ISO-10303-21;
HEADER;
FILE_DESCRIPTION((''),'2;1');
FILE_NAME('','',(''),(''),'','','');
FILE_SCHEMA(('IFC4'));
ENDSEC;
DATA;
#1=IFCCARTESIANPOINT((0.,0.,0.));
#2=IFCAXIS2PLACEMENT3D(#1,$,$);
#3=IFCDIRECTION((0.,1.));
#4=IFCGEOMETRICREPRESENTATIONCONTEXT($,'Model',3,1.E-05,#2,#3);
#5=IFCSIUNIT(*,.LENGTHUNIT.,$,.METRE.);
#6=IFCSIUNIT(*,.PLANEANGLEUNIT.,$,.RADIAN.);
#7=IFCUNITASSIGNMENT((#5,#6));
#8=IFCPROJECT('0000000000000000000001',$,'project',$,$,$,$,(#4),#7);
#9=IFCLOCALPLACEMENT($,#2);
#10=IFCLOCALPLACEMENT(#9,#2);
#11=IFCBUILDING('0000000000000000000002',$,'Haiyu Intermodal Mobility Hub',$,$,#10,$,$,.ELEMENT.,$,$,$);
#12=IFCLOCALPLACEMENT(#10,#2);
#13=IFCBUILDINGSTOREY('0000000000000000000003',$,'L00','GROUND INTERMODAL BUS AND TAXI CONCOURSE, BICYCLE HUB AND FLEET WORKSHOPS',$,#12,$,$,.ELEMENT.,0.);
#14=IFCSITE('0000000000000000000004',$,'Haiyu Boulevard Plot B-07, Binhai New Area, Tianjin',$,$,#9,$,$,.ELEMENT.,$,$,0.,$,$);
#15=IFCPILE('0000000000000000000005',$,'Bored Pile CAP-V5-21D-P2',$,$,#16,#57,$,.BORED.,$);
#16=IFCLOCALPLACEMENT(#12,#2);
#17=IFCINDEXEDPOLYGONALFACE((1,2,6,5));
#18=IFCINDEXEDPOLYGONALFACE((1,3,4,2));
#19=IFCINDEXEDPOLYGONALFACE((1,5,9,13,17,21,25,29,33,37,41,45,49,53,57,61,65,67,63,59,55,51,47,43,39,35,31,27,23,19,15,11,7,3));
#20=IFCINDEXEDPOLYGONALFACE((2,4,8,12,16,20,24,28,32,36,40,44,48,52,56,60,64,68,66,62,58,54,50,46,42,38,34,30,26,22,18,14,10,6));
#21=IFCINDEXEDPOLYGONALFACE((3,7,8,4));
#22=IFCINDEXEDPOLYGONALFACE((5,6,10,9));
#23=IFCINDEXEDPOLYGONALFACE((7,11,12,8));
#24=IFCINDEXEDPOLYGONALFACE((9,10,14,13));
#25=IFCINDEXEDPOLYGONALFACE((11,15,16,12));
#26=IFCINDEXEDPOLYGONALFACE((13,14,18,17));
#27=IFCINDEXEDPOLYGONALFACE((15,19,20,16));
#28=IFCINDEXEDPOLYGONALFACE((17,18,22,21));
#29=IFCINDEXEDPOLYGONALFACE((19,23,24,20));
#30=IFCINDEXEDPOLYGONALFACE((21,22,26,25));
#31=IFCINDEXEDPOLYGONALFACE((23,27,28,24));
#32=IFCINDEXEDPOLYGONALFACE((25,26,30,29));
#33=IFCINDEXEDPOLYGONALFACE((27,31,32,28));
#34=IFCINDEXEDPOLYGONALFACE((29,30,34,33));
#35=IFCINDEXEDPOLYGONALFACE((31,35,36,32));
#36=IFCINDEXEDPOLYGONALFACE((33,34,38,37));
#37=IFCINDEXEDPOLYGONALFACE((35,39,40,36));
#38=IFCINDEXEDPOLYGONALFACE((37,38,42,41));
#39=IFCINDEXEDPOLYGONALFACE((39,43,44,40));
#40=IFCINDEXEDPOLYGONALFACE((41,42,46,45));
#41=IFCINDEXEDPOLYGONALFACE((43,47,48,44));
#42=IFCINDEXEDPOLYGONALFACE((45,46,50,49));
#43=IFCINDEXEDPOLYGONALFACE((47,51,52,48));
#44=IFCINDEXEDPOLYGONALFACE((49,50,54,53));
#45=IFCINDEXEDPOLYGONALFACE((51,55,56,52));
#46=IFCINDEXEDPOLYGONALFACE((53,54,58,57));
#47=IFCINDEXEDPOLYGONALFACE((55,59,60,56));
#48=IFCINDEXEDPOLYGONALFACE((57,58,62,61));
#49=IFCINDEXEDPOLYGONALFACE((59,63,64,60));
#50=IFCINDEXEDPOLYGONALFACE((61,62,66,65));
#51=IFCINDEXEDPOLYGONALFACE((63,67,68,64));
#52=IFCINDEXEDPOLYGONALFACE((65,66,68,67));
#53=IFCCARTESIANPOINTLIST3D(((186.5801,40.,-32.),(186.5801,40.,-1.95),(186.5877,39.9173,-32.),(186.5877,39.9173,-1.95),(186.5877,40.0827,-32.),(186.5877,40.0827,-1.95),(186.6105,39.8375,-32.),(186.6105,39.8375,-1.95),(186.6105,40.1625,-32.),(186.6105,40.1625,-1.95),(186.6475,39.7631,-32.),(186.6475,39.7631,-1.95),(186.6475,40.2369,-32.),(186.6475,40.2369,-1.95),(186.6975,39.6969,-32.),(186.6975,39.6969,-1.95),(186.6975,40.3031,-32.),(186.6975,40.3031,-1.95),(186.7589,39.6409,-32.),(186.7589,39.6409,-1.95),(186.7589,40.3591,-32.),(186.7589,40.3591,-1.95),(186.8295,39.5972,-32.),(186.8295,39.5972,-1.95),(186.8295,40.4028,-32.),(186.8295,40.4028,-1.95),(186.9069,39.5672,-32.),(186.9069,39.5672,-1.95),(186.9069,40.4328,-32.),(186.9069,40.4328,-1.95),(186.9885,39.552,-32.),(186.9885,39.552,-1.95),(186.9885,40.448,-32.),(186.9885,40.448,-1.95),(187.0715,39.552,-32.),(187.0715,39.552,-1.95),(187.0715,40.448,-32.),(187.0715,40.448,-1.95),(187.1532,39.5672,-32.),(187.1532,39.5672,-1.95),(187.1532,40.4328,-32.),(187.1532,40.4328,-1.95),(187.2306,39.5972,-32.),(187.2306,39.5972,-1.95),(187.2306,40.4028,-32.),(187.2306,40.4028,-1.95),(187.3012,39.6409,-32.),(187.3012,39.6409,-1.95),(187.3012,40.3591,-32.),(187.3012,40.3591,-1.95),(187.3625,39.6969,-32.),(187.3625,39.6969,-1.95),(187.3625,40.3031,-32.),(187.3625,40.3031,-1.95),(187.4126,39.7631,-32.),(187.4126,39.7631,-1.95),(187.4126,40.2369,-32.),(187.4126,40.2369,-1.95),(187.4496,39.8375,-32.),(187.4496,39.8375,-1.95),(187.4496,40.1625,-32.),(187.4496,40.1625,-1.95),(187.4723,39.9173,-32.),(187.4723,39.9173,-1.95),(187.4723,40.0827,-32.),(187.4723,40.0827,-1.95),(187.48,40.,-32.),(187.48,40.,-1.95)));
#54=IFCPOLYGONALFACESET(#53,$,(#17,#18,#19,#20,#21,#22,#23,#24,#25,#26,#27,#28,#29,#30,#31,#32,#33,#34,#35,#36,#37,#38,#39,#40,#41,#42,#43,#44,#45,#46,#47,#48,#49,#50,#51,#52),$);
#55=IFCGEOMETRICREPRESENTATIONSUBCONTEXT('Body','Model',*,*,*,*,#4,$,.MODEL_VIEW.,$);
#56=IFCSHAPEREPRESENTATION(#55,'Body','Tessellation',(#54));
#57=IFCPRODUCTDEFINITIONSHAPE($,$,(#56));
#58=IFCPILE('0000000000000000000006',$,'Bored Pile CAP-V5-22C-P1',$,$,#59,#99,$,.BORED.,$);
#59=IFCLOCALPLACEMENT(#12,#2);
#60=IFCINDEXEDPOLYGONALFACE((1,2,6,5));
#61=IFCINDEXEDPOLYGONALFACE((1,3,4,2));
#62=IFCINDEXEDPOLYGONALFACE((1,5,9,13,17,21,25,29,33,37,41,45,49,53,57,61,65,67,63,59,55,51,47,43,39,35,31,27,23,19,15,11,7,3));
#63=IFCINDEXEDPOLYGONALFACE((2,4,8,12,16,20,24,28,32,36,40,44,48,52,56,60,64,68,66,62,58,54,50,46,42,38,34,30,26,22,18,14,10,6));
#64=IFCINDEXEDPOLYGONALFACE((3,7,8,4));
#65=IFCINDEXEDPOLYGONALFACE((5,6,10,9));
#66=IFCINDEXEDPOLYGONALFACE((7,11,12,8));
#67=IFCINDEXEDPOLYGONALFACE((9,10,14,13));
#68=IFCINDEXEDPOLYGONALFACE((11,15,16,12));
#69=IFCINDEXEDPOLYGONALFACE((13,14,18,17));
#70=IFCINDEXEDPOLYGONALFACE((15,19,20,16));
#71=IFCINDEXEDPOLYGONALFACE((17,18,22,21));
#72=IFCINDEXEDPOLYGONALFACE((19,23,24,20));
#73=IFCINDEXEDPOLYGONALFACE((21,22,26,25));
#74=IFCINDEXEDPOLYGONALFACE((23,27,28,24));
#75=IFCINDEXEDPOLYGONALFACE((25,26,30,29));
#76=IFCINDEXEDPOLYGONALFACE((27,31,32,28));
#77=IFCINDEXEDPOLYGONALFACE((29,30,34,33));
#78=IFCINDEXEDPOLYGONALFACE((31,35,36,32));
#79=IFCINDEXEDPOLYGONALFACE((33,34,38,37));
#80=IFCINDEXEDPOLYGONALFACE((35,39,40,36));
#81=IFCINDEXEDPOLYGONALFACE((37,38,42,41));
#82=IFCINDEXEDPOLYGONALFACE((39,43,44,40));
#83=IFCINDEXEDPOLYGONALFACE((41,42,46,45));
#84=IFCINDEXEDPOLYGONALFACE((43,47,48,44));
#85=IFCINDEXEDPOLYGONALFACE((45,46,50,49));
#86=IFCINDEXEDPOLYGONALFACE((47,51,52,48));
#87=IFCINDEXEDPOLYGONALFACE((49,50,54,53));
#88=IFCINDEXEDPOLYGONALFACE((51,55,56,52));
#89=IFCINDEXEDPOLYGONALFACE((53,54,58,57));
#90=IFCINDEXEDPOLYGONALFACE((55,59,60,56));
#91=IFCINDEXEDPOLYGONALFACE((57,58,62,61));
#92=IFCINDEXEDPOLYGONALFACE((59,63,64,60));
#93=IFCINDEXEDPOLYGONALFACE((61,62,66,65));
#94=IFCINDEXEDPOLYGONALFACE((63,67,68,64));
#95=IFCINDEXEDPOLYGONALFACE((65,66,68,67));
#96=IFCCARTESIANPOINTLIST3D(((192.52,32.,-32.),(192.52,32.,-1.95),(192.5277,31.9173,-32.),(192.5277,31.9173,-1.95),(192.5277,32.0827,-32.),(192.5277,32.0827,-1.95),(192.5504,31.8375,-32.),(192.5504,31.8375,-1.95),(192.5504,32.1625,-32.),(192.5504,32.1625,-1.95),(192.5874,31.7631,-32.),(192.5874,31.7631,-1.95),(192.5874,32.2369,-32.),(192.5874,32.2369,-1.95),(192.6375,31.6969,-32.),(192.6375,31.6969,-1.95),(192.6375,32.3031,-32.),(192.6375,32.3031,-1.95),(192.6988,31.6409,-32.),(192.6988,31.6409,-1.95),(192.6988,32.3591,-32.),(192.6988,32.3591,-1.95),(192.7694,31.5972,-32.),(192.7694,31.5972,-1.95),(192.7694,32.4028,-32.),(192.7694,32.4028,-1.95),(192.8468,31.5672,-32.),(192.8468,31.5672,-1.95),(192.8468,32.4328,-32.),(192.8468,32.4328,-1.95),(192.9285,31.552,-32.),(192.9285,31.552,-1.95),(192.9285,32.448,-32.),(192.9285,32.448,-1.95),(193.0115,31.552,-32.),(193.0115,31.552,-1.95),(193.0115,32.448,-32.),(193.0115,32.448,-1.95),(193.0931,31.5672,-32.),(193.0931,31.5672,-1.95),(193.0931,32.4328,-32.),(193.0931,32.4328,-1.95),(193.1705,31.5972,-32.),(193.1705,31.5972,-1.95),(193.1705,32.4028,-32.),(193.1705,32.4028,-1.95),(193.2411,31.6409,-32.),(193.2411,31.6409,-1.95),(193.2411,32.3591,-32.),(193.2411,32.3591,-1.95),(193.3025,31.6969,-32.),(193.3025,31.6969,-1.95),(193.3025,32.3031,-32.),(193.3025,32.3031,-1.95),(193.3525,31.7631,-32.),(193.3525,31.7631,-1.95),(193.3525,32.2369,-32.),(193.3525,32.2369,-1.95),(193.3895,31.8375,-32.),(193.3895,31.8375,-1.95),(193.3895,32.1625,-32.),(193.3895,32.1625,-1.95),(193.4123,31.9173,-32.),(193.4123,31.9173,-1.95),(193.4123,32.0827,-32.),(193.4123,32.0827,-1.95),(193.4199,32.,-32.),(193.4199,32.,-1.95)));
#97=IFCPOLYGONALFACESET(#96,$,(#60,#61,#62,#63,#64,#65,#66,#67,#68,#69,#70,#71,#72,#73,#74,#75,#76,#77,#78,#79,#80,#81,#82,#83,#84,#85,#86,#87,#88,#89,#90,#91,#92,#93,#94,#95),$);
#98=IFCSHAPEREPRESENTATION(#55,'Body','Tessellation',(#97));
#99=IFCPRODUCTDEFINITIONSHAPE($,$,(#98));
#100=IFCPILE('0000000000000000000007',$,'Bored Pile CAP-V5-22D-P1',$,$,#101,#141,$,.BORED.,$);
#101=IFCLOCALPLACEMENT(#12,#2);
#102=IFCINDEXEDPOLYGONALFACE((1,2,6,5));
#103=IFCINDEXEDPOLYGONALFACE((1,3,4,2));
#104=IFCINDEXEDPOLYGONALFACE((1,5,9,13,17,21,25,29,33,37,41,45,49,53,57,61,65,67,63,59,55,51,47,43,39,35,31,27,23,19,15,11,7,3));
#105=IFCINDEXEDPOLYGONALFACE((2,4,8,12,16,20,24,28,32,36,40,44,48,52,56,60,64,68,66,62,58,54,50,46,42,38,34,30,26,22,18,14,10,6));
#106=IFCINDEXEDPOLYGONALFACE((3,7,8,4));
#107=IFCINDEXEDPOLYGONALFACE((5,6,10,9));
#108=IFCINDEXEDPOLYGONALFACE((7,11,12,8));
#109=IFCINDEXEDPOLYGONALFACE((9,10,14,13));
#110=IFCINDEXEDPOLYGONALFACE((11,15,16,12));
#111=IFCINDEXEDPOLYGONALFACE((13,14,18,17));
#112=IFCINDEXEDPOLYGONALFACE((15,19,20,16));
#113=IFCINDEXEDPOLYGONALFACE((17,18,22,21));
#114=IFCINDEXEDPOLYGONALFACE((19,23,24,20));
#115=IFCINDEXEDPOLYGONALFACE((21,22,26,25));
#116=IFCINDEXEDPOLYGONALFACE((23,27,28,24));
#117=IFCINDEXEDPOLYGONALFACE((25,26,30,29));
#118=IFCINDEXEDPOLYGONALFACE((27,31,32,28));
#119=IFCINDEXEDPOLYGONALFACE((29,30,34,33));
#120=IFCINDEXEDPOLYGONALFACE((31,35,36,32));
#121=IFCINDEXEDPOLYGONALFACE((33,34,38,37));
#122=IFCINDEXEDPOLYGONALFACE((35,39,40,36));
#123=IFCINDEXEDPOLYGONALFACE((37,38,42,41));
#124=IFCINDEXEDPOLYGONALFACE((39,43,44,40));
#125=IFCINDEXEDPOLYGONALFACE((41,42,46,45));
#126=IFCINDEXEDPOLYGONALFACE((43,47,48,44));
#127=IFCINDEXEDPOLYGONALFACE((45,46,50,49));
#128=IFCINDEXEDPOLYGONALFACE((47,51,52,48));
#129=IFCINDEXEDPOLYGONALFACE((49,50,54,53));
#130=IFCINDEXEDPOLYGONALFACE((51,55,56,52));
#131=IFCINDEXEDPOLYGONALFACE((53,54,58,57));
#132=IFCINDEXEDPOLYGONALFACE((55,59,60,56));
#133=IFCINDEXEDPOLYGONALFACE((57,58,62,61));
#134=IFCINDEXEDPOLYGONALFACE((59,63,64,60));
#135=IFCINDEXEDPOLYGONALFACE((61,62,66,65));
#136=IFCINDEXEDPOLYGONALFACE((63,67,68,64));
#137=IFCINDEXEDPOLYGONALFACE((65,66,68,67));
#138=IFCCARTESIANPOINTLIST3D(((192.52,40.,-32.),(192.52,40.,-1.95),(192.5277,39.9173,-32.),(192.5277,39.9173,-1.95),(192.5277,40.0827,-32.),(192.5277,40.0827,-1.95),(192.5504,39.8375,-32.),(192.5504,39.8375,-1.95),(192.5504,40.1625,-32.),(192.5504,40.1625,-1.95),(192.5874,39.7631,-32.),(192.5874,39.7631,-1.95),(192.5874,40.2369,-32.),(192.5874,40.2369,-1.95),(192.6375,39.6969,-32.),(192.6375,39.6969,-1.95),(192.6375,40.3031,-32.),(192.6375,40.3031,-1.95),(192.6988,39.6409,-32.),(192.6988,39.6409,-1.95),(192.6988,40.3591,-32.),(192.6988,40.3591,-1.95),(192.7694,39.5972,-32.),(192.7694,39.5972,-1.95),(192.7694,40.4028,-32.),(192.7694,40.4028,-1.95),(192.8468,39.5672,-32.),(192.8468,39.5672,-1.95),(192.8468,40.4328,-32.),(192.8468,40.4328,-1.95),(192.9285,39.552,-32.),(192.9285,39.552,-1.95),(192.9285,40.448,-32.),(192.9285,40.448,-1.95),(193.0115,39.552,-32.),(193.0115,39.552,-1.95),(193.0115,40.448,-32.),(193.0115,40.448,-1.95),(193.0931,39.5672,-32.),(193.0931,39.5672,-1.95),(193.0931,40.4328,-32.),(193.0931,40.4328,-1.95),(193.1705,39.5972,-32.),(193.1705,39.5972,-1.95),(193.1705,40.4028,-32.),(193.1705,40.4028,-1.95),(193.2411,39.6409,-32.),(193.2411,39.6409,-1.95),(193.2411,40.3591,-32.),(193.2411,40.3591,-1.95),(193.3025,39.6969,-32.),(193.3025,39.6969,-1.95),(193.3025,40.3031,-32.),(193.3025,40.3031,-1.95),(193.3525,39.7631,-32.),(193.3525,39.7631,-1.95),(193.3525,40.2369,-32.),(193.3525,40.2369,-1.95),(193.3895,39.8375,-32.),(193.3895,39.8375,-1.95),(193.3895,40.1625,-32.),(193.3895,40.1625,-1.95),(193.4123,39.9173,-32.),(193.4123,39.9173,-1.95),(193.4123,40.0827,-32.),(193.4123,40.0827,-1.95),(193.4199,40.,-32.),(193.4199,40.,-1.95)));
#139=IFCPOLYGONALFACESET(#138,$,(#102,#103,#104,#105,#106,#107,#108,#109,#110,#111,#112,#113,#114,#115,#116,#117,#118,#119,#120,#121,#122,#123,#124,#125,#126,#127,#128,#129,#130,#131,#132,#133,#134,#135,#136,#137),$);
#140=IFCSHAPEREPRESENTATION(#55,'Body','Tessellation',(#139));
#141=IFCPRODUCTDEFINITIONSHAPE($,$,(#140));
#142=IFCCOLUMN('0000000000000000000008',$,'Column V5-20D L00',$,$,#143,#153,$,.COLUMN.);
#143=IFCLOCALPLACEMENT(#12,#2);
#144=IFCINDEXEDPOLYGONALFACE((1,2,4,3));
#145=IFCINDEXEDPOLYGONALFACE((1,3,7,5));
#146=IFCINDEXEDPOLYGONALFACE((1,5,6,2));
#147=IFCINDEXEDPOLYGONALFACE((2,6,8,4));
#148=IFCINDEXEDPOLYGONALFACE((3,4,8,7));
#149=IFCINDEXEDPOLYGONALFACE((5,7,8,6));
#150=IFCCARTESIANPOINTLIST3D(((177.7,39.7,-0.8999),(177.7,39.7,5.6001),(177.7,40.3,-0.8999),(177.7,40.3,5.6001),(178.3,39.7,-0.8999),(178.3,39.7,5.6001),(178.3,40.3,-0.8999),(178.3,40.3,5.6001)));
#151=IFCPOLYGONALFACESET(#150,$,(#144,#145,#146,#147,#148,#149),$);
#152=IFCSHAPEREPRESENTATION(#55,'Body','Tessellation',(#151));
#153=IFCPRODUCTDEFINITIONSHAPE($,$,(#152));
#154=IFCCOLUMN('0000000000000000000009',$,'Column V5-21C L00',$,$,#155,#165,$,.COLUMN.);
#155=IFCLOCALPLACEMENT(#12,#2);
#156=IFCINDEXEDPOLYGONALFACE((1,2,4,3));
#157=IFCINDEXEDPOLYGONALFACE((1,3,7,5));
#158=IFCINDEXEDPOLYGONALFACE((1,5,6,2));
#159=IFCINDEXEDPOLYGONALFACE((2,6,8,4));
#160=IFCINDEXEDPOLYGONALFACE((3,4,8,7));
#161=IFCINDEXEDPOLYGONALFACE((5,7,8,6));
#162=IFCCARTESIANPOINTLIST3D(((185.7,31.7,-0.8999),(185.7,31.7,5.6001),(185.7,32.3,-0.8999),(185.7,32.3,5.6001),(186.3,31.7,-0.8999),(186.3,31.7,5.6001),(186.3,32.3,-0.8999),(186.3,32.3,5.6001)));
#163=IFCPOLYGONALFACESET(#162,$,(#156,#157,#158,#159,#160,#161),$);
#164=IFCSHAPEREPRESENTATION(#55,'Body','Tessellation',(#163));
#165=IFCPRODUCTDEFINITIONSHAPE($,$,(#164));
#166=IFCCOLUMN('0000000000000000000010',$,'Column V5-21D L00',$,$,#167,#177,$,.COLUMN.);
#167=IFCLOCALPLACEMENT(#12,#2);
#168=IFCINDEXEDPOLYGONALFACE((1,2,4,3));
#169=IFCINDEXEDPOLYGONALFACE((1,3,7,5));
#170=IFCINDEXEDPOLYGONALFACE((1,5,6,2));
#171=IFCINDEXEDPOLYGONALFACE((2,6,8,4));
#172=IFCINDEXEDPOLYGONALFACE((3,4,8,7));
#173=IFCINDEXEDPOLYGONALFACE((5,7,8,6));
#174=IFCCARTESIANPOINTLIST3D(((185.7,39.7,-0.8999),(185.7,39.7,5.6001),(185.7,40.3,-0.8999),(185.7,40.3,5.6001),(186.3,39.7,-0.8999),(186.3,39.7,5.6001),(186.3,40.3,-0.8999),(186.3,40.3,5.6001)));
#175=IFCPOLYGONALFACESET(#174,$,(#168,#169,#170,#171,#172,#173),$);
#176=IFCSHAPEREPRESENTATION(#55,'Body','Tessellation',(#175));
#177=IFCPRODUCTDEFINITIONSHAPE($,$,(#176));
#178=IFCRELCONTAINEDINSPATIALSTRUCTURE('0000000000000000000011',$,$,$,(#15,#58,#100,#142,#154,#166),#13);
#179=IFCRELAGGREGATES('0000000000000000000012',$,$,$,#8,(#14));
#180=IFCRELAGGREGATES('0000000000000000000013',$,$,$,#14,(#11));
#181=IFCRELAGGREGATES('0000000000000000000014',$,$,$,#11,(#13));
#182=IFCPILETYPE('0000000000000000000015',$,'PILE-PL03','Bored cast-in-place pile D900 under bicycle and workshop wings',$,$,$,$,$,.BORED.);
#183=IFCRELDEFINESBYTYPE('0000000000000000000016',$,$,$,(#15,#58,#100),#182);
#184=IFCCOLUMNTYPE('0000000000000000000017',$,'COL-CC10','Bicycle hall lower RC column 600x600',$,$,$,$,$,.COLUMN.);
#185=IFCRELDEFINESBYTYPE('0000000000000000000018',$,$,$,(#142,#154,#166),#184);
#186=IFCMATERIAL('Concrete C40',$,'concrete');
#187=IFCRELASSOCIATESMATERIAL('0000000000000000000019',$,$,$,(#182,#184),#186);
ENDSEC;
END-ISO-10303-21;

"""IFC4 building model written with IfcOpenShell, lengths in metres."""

from ifc_helpers import new_model, si_unit, direction, frame, origin, origin_2d, place, context, subcontext, project, spatial, rectangle, circle, extrude, material, material_profile, profile_set, type_object, element, save


model = new_model("IFC4")

# Units and contexts
model_context = context("Model", 3, precision=1e-05, world=origin(), true_north=direction((0.0, 1.0)))
body_context = subcontext(model_context, "Body", "Model", "MODEL_VIEW")
ifc_project = project(units=[si_unit("LENGTHUNIT", "METRE"), si_unit("PLANEANGLEUNIT", "RADIAN")], contexts=[model_context])

# Site, building, storey
site_placement = place(None, origin())
site = spatial("IfcSite", under=ifc_project, at=site_placement, Name="Haiyu Boulevard Plot B-07, Binhai New Area, Tianjin", CompositionType="ELEMENT", RefElevation=0.0)
building_placement = place(site_placement, origin())
building = spatial("IfcBuilding", under=site, at=building_placement, Name="Haiyu Intermodal Mobility Hub", CompositionType="ELEMENT")
storey_placement = place(building_placement, origin())
storey = spatial("IfcBuildingStorey", under=building, at=storey_placement, Name="L00", Description="GROUND INTERMODAL BUS AND TAXI CONCOURSE, BICYCLE HUB AND FLEET WORKSHOPS", CompositionType="ELEMENT", Elevation=0.0)

# Shared definitions
ifc_material = material(Name="Concrete C40", Category="concrete")

# Piles
ifc_material_profile_1 = material_profile(ifc_material, circle(Radius=0.45, at=origin_2d()), Name="PILE-D900")
ifc_profile_set_1 = profile_set([ifc_material_profile_1], Name="Concrete C40")
pile_type = type_object("IfcPileType", Name="PILE-PL03", Description="Bored cast-in-place pile D900 under bicycle and workshop wings", PredefinedType="BORED", material=ifc_profile_set_1)
for number, where, z_axis, x_axis, name in (
    (1, (187.03, 40.0, -1.95), (0.0, 0.0, -1.0), (1.0, 0.0, 0.0), "Bored Pile CAP-V5-21D-P2"),
    (2, (192.97, 32.0, -1.95), (0.0, 0.0, -1.0), (1.0, 0.0, 0.0), "Bored Pile CAP-V5-22C-P1"),
    (3, (192.97, 40.0, -1.95), (0.0, 0.0, -1.0), (1.0, 0.0, 0.0), "Bored Pile CAP-V5-22D-P1"),
):
    element("IfcPile", number, at=place(storey_placement, frame(where, z_axis=z_axis, x_axis=x_axis)), inside=storey, type_object=pile_type, Name=name, PredefinedType="BORED", context=body_context, shape_type="SweptSolid", body=[
        extrude(circle(Radius=0.45, at=origin_2d()), origin(), (0.0, 0.0, 1.0), 30.05),
    ])

# Columns
ifc_material_profile_2 = material_profile(ifc_material, rectangle(XDim=0.6001, YDim=0.6001, at=origin_2d()), Name="RC600x600")
ifc_profile_set_2 = profile_set([ifc_material_profile_2], Name="Concrete C40")
column_type = type_object("IfcColumnType", Name="COL-CC10", Description="Bicycle hall lower RC column 600x600", PredefinedType="COLUMN", material=ifc_profile_set_2)
for number, where, z_axis, x_axis, name in (
    (4, (178.0, 40.0, -0.8999), (0.0, 0.0, 1.0), (1.0, 0.0, 0.0), "Column V5-20D L00"),
    (5, (186.0, 32.0, -0.8999), (0.0, 0.0, 1.0), (1.0, 0.0, 0.0), "Column V5-21C L00"),
    (6, (186.0, 40.0, -0.8999), (0.0, 0.0, 1.0), (1.0, 0.0, 0.0), "Column V5-21D L00"),
):
    element("IfcColumn", number, at=place(storey_placement, frame(where, z_axis=z_axis, x_axis=x_axis)), inside=storey, type_object=column_type, Name=name, PredefinedType="COLUMN", context=body_context, shape_type="SweptSolid", body=[
        extrude(rectangle(XDim=0.6001, YDim=0.6001, at=origin_2d()), origin(), (0.0, 0.0, 1.0), 6.5),
    ])

save(model, "model.ifc")
